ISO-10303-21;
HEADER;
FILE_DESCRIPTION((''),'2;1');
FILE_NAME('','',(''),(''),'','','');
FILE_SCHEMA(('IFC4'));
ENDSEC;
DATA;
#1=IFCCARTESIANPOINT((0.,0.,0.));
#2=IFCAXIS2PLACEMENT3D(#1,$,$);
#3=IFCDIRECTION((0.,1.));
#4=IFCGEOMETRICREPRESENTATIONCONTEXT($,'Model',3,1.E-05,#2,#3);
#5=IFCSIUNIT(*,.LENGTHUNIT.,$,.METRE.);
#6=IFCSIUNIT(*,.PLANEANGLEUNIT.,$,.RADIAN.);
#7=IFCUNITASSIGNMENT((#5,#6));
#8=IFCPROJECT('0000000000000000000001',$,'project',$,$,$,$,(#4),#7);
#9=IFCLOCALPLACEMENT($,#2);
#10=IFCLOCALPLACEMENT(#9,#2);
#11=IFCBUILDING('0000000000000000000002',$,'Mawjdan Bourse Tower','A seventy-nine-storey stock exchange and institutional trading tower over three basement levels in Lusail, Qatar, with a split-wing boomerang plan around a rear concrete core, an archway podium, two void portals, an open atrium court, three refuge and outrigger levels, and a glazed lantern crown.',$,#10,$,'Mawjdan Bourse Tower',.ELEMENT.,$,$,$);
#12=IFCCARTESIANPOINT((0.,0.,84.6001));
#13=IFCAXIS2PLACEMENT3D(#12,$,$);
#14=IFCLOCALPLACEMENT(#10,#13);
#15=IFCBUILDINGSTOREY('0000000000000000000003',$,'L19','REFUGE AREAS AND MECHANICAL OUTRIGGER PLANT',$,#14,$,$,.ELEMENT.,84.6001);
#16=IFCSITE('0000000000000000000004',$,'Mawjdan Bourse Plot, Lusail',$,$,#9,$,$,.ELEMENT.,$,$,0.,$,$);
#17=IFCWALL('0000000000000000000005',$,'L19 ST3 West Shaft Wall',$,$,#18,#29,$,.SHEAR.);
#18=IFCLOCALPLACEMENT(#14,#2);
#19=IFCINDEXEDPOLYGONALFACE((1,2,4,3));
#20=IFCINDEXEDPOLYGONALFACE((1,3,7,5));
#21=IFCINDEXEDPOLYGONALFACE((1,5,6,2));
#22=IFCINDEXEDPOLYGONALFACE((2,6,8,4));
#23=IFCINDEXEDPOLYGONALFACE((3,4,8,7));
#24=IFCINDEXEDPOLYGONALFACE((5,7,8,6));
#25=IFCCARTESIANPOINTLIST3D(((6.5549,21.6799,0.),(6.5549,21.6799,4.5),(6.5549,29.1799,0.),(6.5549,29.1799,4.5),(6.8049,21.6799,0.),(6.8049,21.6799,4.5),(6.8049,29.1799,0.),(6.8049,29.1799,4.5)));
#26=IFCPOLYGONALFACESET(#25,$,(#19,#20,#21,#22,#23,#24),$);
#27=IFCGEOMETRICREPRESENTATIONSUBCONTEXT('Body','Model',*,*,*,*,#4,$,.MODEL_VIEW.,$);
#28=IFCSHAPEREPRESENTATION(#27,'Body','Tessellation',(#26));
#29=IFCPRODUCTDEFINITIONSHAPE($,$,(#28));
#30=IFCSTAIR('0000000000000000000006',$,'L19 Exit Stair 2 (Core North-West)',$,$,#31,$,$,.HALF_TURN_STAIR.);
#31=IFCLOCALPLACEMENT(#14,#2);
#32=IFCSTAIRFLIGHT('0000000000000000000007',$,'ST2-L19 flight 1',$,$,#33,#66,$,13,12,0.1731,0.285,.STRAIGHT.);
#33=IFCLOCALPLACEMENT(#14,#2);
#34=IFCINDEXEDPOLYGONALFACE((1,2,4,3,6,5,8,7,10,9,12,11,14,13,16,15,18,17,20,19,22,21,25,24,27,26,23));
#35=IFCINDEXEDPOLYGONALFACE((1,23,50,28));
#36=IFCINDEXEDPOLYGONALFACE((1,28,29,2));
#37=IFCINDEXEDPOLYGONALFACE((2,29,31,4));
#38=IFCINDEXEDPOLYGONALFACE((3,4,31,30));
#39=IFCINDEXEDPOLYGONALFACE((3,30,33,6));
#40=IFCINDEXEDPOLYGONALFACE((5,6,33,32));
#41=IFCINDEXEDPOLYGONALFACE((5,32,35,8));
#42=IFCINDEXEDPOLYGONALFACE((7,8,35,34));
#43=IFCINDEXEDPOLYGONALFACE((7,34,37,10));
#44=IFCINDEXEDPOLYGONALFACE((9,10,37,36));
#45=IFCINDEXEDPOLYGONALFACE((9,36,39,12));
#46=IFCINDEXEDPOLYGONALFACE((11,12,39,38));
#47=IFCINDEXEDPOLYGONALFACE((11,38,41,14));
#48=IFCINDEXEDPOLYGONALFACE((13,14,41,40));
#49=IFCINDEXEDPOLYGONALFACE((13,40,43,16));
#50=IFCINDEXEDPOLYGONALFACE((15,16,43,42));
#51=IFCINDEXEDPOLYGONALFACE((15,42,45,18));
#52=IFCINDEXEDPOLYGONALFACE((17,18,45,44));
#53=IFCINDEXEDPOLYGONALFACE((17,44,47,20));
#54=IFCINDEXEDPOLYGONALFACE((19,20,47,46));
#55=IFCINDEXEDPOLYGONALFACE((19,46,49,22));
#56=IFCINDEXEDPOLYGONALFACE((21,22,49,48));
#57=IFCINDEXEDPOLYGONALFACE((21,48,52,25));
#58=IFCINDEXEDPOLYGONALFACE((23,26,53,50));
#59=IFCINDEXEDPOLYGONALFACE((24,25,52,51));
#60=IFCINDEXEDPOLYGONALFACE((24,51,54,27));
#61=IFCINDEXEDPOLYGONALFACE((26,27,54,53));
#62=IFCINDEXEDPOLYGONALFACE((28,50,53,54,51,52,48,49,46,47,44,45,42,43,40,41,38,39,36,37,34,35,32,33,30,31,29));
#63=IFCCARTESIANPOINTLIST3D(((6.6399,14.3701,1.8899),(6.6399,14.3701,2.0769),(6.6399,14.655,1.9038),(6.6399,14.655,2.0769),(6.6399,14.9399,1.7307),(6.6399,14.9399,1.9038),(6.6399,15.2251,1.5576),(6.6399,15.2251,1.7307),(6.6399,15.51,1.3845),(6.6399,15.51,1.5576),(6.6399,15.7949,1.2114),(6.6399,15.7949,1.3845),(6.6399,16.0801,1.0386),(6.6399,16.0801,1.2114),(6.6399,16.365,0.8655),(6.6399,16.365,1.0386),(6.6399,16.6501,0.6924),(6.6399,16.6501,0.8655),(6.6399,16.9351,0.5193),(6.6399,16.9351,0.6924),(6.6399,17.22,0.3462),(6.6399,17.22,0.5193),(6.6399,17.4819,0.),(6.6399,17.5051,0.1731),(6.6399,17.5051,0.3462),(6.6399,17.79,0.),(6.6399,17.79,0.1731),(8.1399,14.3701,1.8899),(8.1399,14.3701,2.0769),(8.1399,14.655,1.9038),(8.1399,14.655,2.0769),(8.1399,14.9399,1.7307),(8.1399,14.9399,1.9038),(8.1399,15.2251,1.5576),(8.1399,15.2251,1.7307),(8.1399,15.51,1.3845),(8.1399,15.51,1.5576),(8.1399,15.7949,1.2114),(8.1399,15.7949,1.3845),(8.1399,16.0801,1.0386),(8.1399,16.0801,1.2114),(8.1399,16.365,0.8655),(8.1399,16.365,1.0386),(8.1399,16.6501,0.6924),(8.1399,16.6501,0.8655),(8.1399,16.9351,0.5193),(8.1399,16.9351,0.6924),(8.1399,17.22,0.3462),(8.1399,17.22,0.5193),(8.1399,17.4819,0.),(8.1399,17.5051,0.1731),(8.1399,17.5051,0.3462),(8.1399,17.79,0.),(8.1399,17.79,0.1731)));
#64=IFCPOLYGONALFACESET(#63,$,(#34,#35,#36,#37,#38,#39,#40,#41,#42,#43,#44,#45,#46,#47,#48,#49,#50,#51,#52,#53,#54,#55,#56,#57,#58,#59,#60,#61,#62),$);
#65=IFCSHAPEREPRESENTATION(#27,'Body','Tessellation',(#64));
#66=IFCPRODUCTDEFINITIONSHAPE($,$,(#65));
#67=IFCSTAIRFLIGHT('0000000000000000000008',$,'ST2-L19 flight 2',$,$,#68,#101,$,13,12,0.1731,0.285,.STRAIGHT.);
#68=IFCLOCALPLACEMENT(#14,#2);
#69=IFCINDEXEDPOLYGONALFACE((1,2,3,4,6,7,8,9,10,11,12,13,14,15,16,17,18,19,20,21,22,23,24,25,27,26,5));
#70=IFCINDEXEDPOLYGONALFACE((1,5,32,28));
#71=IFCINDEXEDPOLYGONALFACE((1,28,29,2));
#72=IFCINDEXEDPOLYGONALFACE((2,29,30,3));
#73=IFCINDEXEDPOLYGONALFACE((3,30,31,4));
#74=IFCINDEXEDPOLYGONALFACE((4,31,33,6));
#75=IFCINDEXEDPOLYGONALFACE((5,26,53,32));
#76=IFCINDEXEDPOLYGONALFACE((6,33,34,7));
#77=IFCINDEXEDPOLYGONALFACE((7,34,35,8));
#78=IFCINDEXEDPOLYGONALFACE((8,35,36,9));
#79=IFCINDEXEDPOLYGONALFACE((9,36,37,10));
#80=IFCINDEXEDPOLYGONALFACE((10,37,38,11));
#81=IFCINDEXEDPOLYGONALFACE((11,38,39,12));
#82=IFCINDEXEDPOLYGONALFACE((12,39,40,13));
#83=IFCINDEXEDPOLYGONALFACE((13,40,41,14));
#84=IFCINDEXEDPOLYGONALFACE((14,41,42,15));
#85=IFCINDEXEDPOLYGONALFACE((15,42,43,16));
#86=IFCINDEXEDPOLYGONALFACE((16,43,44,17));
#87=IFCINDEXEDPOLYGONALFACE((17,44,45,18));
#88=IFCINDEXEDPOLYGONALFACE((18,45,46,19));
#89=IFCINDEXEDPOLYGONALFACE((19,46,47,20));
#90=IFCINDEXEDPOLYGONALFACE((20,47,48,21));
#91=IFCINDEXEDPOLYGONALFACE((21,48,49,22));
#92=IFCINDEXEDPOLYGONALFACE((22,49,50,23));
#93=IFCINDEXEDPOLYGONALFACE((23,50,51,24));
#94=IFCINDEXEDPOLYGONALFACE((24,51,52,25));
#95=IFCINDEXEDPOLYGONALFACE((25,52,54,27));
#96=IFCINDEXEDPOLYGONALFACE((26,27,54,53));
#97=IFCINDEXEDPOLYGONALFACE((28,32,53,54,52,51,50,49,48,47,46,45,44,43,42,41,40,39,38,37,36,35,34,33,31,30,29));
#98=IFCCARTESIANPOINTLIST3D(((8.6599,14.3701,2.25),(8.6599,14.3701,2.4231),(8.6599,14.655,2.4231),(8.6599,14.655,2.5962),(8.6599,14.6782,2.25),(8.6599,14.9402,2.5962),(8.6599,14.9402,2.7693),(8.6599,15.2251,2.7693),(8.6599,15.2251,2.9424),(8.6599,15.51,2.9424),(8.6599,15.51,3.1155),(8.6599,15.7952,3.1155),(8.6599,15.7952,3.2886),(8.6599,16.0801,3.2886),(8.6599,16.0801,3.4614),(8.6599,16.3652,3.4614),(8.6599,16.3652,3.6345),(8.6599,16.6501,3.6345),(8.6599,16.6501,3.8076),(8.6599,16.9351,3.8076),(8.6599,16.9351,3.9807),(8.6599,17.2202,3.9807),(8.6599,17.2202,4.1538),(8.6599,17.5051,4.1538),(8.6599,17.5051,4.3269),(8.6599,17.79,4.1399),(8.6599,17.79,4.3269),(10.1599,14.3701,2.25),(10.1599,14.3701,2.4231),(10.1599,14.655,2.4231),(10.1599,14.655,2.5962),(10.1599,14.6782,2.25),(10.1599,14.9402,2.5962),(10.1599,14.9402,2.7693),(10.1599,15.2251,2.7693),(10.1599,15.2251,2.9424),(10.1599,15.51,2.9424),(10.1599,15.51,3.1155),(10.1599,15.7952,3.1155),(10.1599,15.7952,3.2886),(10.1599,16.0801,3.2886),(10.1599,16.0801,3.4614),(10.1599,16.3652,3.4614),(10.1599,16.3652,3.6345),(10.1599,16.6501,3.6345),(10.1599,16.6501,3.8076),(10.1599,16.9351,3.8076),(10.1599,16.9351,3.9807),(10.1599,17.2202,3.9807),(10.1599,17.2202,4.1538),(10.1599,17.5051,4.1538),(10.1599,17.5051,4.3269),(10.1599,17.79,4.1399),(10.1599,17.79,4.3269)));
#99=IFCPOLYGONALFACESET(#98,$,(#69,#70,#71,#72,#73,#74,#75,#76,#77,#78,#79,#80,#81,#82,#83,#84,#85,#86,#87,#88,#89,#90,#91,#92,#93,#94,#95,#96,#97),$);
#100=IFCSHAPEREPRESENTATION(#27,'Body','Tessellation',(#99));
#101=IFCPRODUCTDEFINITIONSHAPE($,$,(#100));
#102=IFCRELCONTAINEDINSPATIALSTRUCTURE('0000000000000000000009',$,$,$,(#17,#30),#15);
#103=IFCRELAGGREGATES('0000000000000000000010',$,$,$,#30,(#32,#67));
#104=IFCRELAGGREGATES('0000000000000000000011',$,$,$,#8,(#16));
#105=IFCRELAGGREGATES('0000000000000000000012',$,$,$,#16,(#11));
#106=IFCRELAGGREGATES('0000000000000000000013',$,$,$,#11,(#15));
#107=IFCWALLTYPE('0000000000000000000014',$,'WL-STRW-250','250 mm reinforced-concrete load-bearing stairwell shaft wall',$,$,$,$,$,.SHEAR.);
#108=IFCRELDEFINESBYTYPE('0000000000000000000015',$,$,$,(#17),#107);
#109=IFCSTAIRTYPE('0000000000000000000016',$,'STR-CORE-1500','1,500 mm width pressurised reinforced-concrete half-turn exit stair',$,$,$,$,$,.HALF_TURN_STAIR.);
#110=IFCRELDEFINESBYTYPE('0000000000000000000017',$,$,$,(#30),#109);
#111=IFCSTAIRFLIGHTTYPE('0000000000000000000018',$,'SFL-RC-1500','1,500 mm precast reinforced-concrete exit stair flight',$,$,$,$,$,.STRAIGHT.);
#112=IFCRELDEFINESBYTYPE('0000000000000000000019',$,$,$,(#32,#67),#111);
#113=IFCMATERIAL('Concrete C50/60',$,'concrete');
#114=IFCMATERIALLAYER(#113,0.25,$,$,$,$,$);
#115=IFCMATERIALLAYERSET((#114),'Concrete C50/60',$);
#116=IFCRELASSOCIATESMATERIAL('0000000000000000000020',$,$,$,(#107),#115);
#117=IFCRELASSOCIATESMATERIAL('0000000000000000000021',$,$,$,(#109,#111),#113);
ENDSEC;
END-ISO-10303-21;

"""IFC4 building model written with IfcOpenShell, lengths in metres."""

from ifc_helpers import new_model, si_unit, direction, frame, frame_2d, origin, place, context, subcontext, project, spatial, polyline, rectangle, outline, extrude, material, layer, layer_set, type_object, element, aggregate, save


model = new_model("IFC4")

# Units and contexts
model_context = context("Model", 3, precision=1e-05, world=origin(), true_north=direction((0.0, 1.0)))
body_context = subcontext(model_context, "Body", "Model", "MODEL_VIEW")
ifc_project = project(units=[si_unit("LENGTHUNIT", "METRE"), si_unit("PLANEANGLEUNIT", "RADIAN")], contexts=[model_context])

# Site, building, storey
site_placement = place(None, origin())
site = spatial("IfcSite", under=ifc_project, at=site_placement, Name="Mawjdan Bourse Plot, Lusail", CompositionType="ELEMENT", RefElevation=0.0)
building_placement = place(site_placement, origin())
building = spatial("IfcBuilding", under=site, at=building_placement, Name="Mawjdan Bourse Tower", Description="A seventy-nine-storey stock exchange and institutional trading tower over three basement levels in Lusail, Qatar, with a split-wing boomerang plan around a rear concrete core, an archway podium, two void portals, an open atrium court, three refuge and outrigger levels, and a glazed lantern crown.", LongName="Mawjdan Bourse Tower", CompositionType="ELEMENT")
storey_placement = place(building_placement, frame((0.0, 0.0, 84.6001)))
storey = spatial("IfcBuildingStorey", under=building, at=storey_placement, Name="L19", Description="REFUGE AREAS AND MECHANICAL OUTRIGGER PLANT", CompositionType="ELEMENT", Elevation=84.6001)

# Shared definitions
ifc_material_1 = material(Name="Concrete C50/60", Category="concrete")
ifc_layer_1 = layer(ifc_material_1, 0.25)
ifc_layer_set_1 = layer_set([ifc_layer_1], Name="Concrete C50/60")
wall_type_1 = type_object("IfcWallType", Name="WL-STRW-250", Description="250 mm reinforced-concrete load-bearing stairwell shaft wall", PredefinedType="SHEAR", material=ifc_layer_set_1)

# Wall
wall_1_placement = place(storey_placement, frame((6.6799, 21.6799, 0.0), z_axis=(0.0, 0.0, 1.0), x_axis=(0.0, 1.0, 0.0)))
element("IfcWall", 1, at=wall_1_placement, inside=storey, type_object=wall_type_1, Name="L19 ST3 West Shaft Wall", PredefinedType="SHEAR", context=body_context, shape_type="SweptSolid", body=[
    extrude(rectangle(XDim=7.5, YDim=0.25, at=frame_2d((3.75, 0.0))), origin(), (0.0, 0.0, 1.0), 4.5),
])

# Stair, stair flights
stair_type = type_object("IfcStairType", Name="STR-CORE-1500", Description="1,500 mm width pressurised reinforced-concrete half-turn exit stair", PredefinedType="HALF_TURN_STAIR", material=ifc_material_1)
stair_placement = place(storey_placement, origin())
stair = element("IfcStair", 2, at=stair_placement, inside=storey, type_object=stair_type, Name="L19 Exit Stair 2 (Core North-West)", PredefinedType="HALF_TURN_STAIR")
stair_flight_type = type_object("IfcStairFlightType", Name="SFL-RC-1500", Description="1,500 mm precast reinforced-concrete exit stair flight", PredefinedType="STRAIGHT", material=ifc_material_1)
stair_flight_1_placement = place(storey_placement, frame((7.3899, 17.79, 0.0), z_axis=(0.0, 0.0, 1.0), x_axis=(0.0, -1.0, 0.0)))
stair_flight_1 = element("IfcStairFlight", 3, at=stair_flight_1_placement, type_object=stair_flight_type, Name="ST2-L19 flight 1", NumberOfRisers=13, NumberOfTreads=12, PredefinedType="STRAIGHT", RiserHeight=0.1731, TreadLength=0.285, context=body_context, shape_type="SweptSolid", body=[
    extrude(outline(polyline([(0.0, 0.0), (0.0, 0.1731), (0.2849, 0.1731), (0.2849, 0.3462), (0.5701, 0.3462), (0.5701, 0.5193), (0.855, 0.5193), (0.855, 0.6924), (1.1399, 0.6924), (1.1399, 0.8655), (1.425, 0.8655), (1.425, 1.0386), (1.71, 1.0386), (1.71, 1.2114), (1.9951, 1.2114), (1.9951, 1.3845), (2.28, 1.3845), (2.28, 1.5576), (2.5649, 1.5576), (2.5649, 1.7307), (2.8501, 1.7307), (2.8501, 1.9038), (3.135, 1.9038), (3.135, 2.0769), (3.4199, 2.0769), (3.4199, 2.25), (3.4199, 1.8899), (0.3081, 0.0), (0.0, 0.0)])), frame((0.0, 0.75, 0.0), z_axis=(0.0, -1.0, 0.0), x_axis=(1.0, 0.0, 0.0)), (0.0, 0.0, 1.0), 1.5),
])
stair_flight_2_placement = place(storey_placement, frame((9.4099, 14.3701, 2.25), z_axis=(0.0, 0.0, 1.0), x_axis=(0.0, 1.0, 0.0)))
stair_flight_2 = element("IfcStairFlight", 4, at=stair_flight_2_placement, type_object=stair_flight_type, Name="ST2-L19 flight 2", NumberOfRisers=13, NumberOfTreads=12, PredefinedType="STRAIGHT", RiserHeight=0.1731, TreadLength=0.285, context=body_context, shape_type="SweptSolid", body=[
    extrude(outline(polyline([(0.0, 0.0), (0.0, 0.1731), (0.2849, 0.1731), (0.2849, 0.3462), (0.5701, 0.3462), (0.5701, 0.5193), (0.855, 0.5193), (0.855, 0.6924), (1.1399, 0.6924), (1.1399, 0.8655), (1.425, 0.8655), (1.425, 1.0386), (1.71, 1.0386), (1.71, 1.2114), (1.9951, 1.2114), (1.9951, 1.3845), (2.28, 1.3845), (2.28, 1.5576), (2.5649, 1.5576), (2.5649, 1.7307), (2.8501, 1.7307), (2.8501, 1.9038), (3.135, 1.9038), (3.135, 2.0769), (3.4199, 2.0769), (3.4199, 2.25), (3.4199, 1.8899), (0.3081, 0.0), (0.0, 0.0)])), frame((0.0, 0.75, 0.0), z_axis=(0.0, -1.0, 0.0), x_axis=(1.0, 0.0, 0.0)), (0.0, 0.0, 1.0), 1.5),
])
aggregate(stair, [stair_flight_1, stair_flight_2])

save(model, "model.ifc")
